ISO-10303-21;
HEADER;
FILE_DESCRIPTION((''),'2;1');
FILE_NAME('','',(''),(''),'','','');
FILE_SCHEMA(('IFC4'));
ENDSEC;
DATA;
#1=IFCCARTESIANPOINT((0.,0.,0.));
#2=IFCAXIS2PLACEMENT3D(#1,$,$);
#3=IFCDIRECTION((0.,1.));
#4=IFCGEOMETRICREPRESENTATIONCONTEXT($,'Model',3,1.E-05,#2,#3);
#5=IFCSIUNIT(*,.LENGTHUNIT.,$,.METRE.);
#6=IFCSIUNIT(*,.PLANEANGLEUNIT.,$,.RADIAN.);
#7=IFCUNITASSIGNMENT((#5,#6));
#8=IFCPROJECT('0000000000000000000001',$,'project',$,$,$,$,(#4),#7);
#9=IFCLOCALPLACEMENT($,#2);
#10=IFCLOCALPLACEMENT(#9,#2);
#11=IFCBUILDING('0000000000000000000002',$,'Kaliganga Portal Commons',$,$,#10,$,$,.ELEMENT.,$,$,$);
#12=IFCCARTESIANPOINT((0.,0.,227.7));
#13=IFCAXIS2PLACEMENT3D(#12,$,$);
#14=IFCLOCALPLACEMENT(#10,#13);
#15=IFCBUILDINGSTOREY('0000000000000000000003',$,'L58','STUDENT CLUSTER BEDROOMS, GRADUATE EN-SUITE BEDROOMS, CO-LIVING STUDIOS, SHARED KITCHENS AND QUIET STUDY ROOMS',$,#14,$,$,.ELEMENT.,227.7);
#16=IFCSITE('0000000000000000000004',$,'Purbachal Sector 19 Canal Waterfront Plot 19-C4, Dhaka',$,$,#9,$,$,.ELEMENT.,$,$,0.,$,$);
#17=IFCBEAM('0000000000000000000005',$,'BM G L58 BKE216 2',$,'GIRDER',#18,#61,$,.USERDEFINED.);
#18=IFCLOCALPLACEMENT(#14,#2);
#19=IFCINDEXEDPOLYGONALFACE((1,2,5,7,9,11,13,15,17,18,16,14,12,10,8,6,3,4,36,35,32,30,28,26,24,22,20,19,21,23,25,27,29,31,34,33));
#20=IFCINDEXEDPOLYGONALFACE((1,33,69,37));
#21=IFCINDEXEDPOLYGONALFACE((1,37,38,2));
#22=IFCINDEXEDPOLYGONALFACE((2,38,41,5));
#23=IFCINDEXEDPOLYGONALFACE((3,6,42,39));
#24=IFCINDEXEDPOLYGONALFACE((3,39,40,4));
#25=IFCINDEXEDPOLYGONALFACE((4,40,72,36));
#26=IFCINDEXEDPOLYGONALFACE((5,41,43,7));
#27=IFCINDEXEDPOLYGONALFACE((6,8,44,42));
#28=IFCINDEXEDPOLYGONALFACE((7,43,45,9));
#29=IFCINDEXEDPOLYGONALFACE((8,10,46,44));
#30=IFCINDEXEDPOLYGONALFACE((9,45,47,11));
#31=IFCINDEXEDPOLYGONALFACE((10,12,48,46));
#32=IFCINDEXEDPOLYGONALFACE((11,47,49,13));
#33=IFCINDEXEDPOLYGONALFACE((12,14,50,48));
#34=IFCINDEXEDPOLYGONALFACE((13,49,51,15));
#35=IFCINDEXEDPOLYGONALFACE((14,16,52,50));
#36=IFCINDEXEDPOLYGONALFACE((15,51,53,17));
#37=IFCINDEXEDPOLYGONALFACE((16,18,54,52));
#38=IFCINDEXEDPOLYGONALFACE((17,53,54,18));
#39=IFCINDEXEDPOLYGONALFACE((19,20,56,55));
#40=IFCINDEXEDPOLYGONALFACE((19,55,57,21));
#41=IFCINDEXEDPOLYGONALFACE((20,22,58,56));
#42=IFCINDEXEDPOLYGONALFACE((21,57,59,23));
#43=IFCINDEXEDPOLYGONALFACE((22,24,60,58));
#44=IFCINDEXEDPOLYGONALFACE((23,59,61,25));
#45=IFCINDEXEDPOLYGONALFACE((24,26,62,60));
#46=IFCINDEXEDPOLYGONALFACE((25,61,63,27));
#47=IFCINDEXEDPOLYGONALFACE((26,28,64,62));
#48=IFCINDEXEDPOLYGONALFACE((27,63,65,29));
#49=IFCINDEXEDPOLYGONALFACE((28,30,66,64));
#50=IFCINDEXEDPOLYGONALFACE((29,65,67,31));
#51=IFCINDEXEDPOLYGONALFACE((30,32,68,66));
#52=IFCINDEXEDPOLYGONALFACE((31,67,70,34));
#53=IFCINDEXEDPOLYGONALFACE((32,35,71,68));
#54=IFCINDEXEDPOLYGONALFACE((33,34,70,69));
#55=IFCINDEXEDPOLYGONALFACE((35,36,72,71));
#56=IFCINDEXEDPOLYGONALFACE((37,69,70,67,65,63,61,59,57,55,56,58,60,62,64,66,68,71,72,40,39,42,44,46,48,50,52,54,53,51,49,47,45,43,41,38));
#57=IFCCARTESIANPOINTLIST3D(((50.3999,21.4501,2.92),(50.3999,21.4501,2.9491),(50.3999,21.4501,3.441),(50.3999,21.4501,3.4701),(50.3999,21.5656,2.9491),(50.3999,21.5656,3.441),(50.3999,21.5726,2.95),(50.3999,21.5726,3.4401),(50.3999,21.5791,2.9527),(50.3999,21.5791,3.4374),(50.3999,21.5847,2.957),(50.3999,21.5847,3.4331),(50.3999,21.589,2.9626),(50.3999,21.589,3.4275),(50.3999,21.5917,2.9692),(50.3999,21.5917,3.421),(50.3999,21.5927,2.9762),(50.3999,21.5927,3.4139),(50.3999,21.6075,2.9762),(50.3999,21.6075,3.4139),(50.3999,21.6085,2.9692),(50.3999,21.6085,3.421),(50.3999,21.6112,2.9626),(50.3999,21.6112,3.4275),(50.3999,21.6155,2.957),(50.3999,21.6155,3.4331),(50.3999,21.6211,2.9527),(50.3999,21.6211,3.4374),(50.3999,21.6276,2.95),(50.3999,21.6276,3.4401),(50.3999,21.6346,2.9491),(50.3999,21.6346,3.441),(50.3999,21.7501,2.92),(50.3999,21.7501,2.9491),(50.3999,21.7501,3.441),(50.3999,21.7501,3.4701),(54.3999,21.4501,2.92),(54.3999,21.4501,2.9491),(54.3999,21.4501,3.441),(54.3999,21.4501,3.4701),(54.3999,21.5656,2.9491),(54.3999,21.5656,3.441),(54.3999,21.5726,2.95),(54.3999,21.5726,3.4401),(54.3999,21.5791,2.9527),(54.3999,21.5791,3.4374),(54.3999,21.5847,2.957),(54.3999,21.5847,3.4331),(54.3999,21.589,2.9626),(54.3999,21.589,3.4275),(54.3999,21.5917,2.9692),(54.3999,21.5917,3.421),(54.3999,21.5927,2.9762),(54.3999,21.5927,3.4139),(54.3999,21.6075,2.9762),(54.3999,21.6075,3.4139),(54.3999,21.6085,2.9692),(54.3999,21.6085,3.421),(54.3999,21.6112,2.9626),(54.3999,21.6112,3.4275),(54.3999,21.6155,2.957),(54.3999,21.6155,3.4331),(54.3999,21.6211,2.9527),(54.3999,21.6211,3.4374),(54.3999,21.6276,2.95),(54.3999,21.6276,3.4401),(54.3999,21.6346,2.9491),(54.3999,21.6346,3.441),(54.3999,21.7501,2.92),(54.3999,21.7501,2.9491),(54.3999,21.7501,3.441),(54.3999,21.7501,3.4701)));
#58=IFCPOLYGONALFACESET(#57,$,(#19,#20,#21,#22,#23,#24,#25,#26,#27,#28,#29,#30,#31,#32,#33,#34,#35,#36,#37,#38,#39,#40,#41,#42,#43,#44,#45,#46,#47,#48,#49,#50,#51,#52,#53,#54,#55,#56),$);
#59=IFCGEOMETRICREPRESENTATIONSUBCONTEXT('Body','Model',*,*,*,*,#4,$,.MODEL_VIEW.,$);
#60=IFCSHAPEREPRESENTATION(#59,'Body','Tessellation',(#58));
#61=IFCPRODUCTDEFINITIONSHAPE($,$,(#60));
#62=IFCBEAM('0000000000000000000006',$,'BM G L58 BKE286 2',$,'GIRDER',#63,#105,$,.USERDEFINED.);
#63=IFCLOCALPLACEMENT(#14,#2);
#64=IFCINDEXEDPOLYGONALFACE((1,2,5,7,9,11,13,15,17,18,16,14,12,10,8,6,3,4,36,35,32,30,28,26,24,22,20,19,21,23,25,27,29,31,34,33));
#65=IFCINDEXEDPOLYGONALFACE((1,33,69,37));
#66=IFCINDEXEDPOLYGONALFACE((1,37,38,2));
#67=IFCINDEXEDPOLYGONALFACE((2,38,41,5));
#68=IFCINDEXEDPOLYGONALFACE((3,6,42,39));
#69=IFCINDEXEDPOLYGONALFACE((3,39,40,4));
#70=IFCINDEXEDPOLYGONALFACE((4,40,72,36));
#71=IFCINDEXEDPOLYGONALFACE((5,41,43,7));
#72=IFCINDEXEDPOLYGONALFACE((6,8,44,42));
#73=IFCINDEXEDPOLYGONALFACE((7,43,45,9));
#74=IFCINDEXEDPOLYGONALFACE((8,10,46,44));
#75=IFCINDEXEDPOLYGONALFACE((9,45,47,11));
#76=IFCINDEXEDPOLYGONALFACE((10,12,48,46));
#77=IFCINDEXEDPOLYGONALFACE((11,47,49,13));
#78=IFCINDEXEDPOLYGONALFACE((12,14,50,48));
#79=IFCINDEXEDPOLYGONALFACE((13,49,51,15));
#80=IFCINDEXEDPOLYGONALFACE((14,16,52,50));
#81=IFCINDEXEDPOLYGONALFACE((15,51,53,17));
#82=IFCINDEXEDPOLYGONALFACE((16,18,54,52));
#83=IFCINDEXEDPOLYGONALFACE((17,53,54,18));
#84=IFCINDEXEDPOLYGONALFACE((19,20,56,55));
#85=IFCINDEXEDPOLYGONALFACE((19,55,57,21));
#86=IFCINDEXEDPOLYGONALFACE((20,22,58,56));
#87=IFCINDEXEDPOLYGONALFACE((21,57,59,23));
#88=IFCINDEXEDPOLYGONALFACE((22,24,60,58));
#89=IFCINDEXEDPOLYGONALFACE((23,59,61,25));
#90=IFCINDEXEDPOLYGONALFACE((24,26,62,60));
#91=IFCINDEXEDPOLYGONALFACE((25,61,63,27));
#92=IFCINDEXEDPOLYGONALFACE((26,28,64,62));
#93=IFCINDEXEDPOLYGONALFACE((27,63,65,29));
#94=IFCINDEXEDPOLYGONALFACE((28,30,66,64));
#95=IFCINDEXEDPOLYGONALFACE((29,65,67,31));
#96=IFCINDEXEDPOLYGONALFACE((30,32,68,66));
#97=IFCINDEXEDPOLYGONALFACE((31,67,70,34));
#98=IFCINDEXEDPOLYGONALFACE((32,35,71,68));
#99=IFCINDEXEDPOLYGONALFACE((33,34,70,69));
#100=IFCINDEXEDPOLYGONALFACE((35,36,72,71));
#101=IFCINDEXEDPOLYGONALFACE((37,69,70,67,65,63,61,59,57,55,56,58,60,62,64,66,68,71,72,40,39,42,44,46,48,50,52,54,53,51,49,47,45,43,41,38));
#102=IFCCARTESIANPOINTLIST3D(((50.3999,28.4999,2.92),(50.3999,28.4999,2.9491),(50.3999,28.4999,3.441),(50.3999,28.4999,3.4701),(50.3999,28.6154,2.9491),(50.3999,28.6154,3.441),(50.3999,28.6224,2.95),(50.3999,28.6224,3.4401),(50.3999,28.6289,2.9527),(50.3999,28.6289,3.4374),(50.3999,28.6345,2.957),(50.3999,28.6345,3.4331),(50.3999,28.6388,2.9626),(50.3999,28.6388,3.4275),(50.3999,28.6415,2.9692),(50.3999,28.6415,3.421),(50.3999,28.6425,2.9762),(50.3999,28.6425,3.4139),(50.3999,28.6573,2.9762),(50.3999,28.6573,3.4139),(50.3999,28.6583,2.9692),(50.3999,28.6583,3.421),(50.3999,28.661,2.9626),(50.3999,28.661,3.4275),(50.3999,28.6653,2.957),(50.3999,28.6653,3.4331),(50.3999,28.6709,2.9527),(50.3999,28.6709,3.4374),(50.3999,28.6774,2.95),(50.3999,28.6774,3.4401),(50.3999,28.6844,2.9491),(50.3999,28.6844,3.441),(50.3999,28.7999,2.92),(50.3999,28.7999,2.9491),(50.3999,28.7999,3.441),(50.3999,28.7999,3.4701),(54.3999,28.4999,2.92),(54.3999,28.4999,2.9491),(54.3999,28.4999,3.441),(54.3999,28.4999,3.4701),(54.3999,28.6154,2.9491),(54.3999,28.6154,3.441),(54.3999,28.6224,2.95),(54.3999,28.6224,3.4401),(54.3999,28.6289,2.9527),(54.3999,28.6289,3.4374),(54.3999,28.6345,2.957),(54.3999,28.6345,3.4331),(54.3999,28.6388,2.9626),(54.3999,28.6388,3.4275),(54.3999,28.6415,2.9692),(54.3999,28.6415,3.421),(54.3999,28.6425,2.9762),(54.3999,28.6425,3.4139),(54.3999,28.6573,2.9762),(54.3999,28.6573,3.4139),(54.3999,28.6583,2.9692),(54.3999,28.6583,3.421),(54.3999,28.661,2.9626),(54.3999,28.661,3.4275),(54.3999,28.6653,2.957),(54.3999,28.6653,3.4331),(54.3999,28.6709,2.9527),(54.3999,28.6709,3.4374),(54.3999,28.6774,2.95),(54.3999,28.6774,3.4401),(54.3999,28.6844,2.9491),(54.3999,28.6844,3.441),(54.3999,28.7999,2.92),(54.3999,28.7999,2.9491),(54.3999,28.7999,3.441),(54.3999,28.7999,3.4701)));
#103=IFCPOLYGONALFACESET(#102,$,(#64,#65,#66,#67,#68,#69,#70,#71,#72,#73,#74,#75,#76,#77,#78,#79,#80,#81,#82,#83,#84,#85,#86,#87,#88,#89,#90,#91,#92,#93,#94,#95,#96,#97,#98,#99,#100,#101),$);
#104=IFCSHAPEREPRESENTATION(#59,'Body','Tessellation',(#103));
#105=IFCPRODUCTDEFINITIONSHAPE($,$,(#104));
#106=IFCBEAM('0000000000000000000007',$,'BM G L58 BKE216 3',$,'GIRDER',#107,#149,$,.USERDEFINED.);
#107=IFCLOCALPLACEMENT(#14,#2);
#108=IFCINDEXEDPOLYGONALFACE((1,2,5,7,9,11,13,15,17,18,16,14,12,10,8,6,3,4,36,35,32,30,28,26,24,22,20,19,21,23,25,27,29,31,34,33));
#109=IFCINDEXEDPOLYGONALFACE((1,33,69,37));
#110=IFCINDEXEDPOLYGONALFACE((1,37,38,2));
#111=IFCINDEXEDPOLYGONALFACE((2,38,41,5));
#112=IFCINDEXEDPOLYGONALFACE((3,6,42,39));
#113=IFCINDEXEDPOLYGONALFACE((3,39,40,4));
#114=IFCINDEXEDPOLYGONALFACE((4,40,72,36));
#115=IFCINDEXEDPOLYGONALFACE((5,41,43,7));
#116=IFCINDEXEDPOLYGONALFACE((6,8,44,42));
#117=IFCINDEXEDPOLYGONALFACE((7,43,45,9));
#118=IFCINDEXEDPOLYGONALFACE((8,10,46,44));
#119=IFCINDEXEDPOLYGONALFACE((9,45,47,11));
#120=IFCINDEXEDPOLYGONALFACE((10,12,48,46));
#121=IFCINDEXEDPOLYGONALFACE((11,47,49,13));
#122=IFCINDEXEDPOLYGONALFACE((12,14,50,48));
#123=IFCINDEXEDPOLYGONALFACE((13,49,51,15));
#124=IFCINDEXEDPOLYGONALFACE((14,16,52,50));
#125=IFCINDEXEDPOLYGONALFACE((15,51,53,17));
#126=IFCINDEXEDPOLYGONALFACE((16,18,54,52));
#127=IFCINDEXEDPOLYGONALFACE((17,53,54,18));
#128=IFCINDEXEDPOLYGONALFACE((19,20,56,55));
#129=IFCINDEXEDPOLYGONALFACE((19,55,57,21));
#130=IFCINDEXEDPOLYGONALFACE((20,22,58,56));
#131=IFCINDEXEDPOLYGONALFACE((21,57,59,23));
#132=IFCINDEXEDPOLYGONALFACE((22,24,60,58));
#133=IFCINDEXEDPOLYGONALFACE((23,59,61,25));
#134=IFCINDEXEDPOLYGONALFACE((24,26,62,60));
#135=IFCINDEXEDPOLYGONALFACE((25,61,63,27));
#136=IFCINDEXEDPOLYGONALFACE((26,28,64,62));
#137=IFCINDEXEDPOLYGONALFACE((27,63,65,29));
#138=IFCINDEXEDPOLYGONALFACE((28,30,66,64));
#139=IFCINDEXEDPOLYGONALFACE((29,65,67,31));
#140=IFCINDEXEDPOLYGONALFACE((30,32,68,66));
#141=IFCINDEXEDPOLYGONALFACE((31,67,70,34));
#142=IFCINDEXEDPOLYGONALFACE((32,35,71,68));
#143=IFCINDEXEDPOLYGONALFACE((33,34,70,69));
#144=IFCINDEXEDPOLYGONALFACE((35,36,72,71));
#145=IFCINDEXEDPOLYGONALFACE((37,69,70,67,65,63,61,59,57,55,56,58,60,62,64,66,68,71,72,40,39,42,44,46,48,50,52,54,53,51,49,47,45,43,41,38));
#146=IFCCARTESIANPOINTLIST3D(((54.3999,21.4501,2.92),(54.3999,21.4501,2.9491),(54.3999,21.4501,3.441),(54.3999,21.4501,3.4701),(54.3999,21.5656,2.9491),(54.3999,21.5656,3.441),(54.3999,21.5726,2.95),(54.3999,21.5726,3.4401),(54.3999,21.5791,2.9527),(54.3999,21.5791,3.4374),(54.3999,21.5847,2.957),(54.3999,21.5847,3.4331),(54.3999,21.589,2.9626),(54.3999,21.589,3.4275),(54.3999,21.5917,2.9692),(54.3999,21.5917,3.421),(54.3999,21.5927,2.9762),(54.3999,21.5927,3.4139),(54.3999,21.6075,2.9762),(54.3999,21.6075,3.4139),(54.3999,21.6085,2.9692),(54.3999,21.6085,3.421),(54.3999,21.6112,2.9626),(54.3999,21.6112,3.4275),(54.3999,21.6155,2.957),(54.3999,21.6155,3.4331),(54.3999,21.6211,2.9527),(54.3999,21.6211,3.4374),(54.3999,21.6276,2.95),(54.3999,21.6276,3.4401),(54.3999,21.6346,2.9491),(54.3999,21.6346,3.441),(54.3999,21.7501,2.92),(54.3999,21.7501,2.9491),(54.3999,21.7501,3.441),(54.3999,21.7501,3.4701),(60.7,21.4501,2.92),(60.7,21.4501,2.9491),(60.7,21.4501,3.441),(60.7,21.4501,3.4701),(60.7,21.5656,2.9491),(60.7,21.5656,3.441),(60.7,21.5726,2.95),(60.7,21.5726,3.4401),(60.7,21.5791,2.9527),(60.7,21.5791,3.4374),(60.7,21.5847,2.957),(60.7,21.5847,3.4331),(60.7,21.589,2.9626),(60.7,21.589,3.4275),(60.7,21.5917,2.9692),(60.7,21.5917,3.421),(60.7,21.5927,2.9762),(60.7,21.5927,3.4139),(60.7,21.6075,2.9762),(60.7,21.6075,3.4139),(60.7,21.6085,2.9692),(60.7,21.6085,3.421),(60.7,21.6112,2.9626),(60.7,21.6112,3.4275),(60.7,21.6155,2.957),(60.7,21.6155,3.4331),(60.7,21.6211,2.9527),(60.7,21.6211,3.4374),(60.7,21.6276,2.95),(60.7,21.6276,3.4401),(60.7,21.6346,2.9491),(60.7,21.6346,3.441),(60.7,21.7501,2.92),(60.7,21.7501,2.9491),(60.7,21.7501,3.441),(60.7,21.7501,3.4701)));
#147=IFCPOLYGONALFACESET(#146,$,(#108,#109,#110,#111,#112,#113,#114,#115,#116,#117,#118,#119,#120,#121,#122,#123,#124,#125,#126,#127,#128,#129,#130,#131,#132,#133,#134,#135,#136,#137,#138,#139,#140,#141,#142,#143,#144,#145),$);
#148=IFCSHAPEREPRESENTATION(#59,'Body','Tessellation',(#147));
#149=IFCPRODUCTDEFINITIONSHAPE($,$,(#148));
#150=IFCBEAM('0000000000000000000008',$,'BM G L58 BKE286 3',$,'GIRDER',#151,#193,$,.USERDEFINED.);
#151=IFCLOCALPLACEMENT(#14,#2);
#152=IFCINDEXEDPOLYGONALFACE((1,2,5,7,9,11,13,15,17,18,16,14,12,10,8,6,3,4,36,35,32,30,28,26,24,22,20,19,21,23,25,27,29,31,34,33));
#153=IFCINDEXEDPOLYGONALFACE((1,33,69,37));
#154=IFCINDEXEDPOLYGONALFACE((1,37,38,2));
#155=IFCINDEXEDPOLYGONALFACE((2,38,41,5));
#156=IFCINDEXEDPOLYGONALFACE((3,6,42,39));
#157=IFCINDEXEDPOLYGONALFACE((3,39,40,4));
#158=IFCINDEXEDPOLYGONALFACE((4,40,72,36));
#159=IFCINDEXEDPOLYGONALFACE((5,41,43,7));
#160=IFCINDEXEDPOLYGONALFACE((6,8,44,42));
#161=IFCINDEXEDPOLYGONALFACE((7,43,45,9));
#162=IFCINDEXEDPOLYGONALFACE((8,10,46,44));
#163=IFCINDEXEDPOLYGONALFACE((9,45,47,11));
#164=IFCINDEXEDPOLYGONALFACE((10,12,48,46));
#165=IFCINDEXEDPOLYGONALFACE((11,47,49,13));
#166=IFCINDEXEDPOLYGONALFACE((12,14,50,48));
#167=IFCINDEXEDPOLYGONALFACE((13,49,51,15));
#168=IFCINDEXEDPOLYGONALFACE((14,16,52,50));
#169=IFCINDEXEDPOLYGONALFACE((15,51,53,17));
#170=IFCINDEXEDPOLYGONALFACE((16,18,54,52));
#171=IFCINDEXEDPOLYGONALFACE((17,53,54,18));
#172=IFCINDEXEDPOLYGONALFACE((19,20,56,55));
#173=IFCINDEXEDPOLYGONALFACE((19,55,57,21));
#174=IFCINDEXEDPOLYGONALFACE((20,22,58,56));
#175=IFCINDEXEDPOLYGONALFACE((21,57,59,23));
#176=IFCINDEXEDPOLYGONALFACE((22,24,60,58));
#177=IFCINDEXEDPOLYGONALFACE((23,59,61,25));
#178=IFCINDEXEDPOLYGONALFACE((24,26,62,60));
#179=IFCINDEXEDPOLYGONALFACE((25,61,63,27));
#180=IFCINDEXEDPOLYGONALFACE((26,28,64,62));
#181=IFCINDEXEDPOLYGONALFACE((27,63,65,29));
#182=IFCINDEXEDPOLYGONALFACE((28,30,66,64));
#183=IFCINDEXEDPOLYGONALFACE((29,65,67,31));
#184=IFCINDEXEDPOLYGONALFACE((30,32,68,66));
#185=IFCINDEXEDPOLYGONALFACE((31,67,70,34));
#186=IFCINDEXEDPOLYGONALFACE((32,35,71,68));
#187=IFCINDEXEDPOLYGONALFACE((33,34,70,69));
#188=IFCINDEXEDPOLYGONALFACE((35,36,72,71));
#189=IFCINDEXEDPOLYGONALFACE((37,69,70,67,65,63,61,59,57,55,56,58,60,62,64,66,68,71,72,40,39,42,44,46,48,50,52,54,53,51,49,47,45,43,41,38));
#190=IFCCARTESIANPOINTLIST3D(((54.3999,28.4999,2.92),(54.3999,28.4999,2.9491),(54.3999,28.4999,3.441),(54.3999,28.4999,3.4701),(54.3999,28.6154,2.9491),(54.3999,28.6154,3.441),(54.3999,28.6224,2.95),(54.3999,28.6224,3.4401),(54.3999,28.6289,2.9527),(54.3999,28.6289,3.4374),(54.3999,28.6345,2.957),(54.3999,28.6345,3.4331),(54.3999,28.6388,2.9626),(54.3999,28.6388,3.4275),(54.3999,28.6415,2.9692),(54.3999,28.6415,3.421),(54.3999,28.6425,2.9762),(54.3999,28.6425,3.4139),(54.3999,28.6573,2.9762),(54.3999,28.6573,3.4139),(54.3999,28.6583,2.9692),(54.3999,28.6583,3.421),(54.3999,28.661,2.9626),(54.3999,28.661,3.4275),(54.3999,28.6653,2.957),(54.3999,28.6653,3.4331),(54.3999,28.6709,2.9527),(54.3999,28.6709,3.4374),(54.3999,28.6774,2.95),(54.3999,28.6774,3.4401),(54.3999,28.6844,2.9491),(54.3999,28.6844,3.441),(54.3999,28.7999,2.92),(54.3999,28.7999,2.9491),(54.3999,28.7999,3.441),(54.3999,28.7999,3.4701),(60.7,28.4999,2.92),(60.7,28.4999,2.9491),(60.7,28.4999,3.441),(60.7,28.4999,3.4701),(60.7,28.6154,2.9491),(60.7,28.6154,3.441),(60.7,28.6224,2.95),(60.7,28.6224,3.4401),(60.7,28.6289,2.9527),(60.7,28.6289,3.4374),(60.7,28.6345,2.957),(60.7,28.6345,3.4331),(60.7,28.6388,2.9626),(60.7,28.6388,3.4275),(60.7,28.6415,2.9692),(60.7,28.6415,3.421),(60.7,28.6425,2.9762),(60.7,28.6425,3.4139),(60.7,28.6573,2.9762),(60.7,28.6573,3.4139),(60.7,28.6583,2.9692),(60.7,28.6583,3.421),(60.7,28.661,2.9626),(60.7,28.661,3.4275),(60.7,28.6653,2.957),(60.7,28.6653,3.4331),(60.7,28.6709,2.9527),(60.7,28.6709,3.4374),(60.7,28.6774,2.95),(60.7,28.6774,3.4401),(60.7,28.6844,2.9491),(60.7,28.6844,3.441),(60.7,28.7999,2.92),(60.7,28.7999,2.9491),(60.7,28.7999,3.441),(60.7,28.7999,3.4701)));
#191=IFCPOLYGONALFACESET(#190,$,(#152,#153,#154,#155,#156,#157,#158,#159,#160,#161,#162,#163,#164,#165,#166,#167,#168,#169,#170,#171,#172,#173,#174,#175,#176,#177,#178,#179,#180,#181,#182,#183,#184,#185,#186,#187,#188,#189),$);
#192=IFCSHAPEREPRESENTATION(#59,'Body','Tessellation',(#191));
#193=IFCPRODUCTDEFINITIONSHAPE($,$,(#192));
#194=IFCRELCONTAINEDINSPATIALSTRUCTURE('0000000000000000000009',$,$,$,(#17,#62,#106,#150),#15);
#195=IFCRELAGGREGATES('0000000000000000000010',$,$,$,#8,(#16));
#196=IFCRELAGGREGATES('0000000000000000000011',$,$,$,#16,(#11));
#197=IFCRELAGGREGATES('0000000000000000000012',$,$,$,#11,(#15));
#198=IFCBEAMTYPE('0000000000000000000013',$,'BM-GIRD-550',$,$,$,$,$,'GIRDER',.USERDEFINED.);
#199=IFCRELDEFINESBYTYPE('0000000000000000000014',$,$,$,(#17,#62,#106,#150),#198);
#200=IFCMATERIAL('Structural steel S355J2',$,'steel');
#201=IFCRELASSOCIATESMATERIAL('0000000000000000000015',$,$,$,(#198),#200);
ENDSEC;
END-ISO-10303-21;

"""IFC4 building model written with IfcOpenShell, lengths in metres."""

from ifc_helpers import new_model, si_unit, direction, frame, origin, origin_2d, place, context, subcontext, project, spatial, i_section, extrude, source, transform, mapped, material, material_profile, profile_set, type_object, element, save


model = new_model("IFC4")

# Units and contexts
model_context = context("Model", 3, precision=1e-05, world=origin(), true_north=direction((0.0, 1.0)))
body_context = subcontext(model_context, "Body", "Model", "MODEL_VIEW")
ifc_project = project(units=[si_unit("LENGTHUNIT", "METRE"), si_unit("PLANEANGLEUNIT", "RADIAN")], contexts=[model_context])

# Site, building, storey
site_placement = place(None, origin())
site = spatial("IfcSite", under=ifc_project, at=site_placement, Name="Purbachal Sector 19 Canal Waterfront Plot 19-C4, Dhaka", CompositionType="ELEMENT", RefElevation=0.0)
building_placement = place(site_placement, origin())
building = spatial("IfcBuilding", under=site, at=building_placement, Name="Kaliganga Portal Commons", CompositionType="ELEMENT")
storey_placement = place(building_placement, frame((0.0, 0.0, 227.7)))
storey = spatial("IfcBuildingStorey", under=building, at=storey_placement, Name="L58", Description="STUDENT CLUSTER BEDROOMS, GRADUATE EN-SUITE BEDROOMS, CO-LIVING STUDIOS, SHARED KITCHENS AND QUIET STUDY ROOMS", CompositionType="ELEMENT", Elevation=227.7)

# Shared definitions
ifc_material_1 = material(Name="Structural steel S355J2", Category="steel")

# Beams
ifc_material_profile_1 = material_profile(ifc_material_1, i_section(OverallWidth=0.3, OverallDepth=0.55, WebThickness=0.0149, FlangeThickness=0.0291, FilletRadius=0.0271, at=origin_2d()), Name="HE 550 B")
ifc_profile_set_1 = profile_set([ifc_material_profile_1], Name="Structural steel S355J2 wide-flange")
beam_type_1 = type_object("IfcBeamType", Name="BM-GIRD-550", ElementType="GIRDER", PredefinedType="USERDEFINED", material=ifc_profile_set_1)
shared_shape_1 = source(origin(), body_context, "Body", "SweptSolid", [
    extrude(i_section(OverallWidth=0.3, OverallDepth=0.55, WebThickness=0.0149, FlangeThickness=0.0291, FilletRadius=0.0271, at=origin_2d()), origin(), (0.0, 0.0, 1.0), 4.0),
])
for number, where, z_axis, x_axis, name in (
    (1, (50.3999, 21.6001, 3.1951), (1.0, 0.0, 0.0), (0.0, 1.0, 0.0), "BM G L58 BKE216 2"),
    (2, (50.3999, 28.6499, 3.1951), (1.0, 0.0, 0.0), (0.0, 1.0, 0.0), "BM G L58 BKE286 2"),
):
    element("IfcBeam", number, at=place(storey_placement, frame(where, z_axis=z_axis, x_axis=x_axis)), inside=storey, type_object=beam_type_1, Name=name, ObjectType="GIRDER", PredefinedType="USERDEFINED", context=body_context, shape_type="MappedRepresentation", body=[
        mapped(shared_shape_1, transform((0.0, 0.0, 0.0), x_axis=(1.0, 0.0, 0.0), y_axis=(0.0, 1.0, 0.0), z_axis=(0.0, 0.0, 1.0), scale=1.0)),
    ])
shared_shape_2 = source(origin(), body_context, "Body", "SweptSolid", [
    extrude(i_section(OverallWidth=0.3, OverallDepth=0.55, WebThickness=0.0149, FlangeThickness=0.0291, FilletRadius=0.0271, at=origin_2d()), origin(), (0.0, 0.0, 1.0), 6.3),
])
for number, where, z_axis, x_axis, name in (
    (3, (54.3999, 21.6001, 3.1951), (1.0, 0.0, 0.0), (0.0, 1.0, 0.0), "BM G L58 BKE216 3"),
    (4, (54.3999, 28.6499, 3.1951), (1.0, 0.0, 0.0), (0.0, 1.0, 0.0), "BM G L58 BKE286 3"),
):
    element("IfcBeam", number, at=place(storey_placement, frame(where, z_axis=z_axis, x_axis=x_axis)), inside=storey, type_object=beam_type_1, Name=name, ObjectType="GIRDER", PredefinedType="USERDEFINED", context=body_context, shape_type="MappedRepresentation", body=[
        mapped(shared_shape_2, transform((0.0, 0.0, 0.0), x_axis=(1.0, 0.0, 0.0), y_axis=(0.0, 1.0, 0.0), z_axis=(0.0, 0.0, 1.0), scale=1.0)),
    ])

save(model, "model.ifc")
